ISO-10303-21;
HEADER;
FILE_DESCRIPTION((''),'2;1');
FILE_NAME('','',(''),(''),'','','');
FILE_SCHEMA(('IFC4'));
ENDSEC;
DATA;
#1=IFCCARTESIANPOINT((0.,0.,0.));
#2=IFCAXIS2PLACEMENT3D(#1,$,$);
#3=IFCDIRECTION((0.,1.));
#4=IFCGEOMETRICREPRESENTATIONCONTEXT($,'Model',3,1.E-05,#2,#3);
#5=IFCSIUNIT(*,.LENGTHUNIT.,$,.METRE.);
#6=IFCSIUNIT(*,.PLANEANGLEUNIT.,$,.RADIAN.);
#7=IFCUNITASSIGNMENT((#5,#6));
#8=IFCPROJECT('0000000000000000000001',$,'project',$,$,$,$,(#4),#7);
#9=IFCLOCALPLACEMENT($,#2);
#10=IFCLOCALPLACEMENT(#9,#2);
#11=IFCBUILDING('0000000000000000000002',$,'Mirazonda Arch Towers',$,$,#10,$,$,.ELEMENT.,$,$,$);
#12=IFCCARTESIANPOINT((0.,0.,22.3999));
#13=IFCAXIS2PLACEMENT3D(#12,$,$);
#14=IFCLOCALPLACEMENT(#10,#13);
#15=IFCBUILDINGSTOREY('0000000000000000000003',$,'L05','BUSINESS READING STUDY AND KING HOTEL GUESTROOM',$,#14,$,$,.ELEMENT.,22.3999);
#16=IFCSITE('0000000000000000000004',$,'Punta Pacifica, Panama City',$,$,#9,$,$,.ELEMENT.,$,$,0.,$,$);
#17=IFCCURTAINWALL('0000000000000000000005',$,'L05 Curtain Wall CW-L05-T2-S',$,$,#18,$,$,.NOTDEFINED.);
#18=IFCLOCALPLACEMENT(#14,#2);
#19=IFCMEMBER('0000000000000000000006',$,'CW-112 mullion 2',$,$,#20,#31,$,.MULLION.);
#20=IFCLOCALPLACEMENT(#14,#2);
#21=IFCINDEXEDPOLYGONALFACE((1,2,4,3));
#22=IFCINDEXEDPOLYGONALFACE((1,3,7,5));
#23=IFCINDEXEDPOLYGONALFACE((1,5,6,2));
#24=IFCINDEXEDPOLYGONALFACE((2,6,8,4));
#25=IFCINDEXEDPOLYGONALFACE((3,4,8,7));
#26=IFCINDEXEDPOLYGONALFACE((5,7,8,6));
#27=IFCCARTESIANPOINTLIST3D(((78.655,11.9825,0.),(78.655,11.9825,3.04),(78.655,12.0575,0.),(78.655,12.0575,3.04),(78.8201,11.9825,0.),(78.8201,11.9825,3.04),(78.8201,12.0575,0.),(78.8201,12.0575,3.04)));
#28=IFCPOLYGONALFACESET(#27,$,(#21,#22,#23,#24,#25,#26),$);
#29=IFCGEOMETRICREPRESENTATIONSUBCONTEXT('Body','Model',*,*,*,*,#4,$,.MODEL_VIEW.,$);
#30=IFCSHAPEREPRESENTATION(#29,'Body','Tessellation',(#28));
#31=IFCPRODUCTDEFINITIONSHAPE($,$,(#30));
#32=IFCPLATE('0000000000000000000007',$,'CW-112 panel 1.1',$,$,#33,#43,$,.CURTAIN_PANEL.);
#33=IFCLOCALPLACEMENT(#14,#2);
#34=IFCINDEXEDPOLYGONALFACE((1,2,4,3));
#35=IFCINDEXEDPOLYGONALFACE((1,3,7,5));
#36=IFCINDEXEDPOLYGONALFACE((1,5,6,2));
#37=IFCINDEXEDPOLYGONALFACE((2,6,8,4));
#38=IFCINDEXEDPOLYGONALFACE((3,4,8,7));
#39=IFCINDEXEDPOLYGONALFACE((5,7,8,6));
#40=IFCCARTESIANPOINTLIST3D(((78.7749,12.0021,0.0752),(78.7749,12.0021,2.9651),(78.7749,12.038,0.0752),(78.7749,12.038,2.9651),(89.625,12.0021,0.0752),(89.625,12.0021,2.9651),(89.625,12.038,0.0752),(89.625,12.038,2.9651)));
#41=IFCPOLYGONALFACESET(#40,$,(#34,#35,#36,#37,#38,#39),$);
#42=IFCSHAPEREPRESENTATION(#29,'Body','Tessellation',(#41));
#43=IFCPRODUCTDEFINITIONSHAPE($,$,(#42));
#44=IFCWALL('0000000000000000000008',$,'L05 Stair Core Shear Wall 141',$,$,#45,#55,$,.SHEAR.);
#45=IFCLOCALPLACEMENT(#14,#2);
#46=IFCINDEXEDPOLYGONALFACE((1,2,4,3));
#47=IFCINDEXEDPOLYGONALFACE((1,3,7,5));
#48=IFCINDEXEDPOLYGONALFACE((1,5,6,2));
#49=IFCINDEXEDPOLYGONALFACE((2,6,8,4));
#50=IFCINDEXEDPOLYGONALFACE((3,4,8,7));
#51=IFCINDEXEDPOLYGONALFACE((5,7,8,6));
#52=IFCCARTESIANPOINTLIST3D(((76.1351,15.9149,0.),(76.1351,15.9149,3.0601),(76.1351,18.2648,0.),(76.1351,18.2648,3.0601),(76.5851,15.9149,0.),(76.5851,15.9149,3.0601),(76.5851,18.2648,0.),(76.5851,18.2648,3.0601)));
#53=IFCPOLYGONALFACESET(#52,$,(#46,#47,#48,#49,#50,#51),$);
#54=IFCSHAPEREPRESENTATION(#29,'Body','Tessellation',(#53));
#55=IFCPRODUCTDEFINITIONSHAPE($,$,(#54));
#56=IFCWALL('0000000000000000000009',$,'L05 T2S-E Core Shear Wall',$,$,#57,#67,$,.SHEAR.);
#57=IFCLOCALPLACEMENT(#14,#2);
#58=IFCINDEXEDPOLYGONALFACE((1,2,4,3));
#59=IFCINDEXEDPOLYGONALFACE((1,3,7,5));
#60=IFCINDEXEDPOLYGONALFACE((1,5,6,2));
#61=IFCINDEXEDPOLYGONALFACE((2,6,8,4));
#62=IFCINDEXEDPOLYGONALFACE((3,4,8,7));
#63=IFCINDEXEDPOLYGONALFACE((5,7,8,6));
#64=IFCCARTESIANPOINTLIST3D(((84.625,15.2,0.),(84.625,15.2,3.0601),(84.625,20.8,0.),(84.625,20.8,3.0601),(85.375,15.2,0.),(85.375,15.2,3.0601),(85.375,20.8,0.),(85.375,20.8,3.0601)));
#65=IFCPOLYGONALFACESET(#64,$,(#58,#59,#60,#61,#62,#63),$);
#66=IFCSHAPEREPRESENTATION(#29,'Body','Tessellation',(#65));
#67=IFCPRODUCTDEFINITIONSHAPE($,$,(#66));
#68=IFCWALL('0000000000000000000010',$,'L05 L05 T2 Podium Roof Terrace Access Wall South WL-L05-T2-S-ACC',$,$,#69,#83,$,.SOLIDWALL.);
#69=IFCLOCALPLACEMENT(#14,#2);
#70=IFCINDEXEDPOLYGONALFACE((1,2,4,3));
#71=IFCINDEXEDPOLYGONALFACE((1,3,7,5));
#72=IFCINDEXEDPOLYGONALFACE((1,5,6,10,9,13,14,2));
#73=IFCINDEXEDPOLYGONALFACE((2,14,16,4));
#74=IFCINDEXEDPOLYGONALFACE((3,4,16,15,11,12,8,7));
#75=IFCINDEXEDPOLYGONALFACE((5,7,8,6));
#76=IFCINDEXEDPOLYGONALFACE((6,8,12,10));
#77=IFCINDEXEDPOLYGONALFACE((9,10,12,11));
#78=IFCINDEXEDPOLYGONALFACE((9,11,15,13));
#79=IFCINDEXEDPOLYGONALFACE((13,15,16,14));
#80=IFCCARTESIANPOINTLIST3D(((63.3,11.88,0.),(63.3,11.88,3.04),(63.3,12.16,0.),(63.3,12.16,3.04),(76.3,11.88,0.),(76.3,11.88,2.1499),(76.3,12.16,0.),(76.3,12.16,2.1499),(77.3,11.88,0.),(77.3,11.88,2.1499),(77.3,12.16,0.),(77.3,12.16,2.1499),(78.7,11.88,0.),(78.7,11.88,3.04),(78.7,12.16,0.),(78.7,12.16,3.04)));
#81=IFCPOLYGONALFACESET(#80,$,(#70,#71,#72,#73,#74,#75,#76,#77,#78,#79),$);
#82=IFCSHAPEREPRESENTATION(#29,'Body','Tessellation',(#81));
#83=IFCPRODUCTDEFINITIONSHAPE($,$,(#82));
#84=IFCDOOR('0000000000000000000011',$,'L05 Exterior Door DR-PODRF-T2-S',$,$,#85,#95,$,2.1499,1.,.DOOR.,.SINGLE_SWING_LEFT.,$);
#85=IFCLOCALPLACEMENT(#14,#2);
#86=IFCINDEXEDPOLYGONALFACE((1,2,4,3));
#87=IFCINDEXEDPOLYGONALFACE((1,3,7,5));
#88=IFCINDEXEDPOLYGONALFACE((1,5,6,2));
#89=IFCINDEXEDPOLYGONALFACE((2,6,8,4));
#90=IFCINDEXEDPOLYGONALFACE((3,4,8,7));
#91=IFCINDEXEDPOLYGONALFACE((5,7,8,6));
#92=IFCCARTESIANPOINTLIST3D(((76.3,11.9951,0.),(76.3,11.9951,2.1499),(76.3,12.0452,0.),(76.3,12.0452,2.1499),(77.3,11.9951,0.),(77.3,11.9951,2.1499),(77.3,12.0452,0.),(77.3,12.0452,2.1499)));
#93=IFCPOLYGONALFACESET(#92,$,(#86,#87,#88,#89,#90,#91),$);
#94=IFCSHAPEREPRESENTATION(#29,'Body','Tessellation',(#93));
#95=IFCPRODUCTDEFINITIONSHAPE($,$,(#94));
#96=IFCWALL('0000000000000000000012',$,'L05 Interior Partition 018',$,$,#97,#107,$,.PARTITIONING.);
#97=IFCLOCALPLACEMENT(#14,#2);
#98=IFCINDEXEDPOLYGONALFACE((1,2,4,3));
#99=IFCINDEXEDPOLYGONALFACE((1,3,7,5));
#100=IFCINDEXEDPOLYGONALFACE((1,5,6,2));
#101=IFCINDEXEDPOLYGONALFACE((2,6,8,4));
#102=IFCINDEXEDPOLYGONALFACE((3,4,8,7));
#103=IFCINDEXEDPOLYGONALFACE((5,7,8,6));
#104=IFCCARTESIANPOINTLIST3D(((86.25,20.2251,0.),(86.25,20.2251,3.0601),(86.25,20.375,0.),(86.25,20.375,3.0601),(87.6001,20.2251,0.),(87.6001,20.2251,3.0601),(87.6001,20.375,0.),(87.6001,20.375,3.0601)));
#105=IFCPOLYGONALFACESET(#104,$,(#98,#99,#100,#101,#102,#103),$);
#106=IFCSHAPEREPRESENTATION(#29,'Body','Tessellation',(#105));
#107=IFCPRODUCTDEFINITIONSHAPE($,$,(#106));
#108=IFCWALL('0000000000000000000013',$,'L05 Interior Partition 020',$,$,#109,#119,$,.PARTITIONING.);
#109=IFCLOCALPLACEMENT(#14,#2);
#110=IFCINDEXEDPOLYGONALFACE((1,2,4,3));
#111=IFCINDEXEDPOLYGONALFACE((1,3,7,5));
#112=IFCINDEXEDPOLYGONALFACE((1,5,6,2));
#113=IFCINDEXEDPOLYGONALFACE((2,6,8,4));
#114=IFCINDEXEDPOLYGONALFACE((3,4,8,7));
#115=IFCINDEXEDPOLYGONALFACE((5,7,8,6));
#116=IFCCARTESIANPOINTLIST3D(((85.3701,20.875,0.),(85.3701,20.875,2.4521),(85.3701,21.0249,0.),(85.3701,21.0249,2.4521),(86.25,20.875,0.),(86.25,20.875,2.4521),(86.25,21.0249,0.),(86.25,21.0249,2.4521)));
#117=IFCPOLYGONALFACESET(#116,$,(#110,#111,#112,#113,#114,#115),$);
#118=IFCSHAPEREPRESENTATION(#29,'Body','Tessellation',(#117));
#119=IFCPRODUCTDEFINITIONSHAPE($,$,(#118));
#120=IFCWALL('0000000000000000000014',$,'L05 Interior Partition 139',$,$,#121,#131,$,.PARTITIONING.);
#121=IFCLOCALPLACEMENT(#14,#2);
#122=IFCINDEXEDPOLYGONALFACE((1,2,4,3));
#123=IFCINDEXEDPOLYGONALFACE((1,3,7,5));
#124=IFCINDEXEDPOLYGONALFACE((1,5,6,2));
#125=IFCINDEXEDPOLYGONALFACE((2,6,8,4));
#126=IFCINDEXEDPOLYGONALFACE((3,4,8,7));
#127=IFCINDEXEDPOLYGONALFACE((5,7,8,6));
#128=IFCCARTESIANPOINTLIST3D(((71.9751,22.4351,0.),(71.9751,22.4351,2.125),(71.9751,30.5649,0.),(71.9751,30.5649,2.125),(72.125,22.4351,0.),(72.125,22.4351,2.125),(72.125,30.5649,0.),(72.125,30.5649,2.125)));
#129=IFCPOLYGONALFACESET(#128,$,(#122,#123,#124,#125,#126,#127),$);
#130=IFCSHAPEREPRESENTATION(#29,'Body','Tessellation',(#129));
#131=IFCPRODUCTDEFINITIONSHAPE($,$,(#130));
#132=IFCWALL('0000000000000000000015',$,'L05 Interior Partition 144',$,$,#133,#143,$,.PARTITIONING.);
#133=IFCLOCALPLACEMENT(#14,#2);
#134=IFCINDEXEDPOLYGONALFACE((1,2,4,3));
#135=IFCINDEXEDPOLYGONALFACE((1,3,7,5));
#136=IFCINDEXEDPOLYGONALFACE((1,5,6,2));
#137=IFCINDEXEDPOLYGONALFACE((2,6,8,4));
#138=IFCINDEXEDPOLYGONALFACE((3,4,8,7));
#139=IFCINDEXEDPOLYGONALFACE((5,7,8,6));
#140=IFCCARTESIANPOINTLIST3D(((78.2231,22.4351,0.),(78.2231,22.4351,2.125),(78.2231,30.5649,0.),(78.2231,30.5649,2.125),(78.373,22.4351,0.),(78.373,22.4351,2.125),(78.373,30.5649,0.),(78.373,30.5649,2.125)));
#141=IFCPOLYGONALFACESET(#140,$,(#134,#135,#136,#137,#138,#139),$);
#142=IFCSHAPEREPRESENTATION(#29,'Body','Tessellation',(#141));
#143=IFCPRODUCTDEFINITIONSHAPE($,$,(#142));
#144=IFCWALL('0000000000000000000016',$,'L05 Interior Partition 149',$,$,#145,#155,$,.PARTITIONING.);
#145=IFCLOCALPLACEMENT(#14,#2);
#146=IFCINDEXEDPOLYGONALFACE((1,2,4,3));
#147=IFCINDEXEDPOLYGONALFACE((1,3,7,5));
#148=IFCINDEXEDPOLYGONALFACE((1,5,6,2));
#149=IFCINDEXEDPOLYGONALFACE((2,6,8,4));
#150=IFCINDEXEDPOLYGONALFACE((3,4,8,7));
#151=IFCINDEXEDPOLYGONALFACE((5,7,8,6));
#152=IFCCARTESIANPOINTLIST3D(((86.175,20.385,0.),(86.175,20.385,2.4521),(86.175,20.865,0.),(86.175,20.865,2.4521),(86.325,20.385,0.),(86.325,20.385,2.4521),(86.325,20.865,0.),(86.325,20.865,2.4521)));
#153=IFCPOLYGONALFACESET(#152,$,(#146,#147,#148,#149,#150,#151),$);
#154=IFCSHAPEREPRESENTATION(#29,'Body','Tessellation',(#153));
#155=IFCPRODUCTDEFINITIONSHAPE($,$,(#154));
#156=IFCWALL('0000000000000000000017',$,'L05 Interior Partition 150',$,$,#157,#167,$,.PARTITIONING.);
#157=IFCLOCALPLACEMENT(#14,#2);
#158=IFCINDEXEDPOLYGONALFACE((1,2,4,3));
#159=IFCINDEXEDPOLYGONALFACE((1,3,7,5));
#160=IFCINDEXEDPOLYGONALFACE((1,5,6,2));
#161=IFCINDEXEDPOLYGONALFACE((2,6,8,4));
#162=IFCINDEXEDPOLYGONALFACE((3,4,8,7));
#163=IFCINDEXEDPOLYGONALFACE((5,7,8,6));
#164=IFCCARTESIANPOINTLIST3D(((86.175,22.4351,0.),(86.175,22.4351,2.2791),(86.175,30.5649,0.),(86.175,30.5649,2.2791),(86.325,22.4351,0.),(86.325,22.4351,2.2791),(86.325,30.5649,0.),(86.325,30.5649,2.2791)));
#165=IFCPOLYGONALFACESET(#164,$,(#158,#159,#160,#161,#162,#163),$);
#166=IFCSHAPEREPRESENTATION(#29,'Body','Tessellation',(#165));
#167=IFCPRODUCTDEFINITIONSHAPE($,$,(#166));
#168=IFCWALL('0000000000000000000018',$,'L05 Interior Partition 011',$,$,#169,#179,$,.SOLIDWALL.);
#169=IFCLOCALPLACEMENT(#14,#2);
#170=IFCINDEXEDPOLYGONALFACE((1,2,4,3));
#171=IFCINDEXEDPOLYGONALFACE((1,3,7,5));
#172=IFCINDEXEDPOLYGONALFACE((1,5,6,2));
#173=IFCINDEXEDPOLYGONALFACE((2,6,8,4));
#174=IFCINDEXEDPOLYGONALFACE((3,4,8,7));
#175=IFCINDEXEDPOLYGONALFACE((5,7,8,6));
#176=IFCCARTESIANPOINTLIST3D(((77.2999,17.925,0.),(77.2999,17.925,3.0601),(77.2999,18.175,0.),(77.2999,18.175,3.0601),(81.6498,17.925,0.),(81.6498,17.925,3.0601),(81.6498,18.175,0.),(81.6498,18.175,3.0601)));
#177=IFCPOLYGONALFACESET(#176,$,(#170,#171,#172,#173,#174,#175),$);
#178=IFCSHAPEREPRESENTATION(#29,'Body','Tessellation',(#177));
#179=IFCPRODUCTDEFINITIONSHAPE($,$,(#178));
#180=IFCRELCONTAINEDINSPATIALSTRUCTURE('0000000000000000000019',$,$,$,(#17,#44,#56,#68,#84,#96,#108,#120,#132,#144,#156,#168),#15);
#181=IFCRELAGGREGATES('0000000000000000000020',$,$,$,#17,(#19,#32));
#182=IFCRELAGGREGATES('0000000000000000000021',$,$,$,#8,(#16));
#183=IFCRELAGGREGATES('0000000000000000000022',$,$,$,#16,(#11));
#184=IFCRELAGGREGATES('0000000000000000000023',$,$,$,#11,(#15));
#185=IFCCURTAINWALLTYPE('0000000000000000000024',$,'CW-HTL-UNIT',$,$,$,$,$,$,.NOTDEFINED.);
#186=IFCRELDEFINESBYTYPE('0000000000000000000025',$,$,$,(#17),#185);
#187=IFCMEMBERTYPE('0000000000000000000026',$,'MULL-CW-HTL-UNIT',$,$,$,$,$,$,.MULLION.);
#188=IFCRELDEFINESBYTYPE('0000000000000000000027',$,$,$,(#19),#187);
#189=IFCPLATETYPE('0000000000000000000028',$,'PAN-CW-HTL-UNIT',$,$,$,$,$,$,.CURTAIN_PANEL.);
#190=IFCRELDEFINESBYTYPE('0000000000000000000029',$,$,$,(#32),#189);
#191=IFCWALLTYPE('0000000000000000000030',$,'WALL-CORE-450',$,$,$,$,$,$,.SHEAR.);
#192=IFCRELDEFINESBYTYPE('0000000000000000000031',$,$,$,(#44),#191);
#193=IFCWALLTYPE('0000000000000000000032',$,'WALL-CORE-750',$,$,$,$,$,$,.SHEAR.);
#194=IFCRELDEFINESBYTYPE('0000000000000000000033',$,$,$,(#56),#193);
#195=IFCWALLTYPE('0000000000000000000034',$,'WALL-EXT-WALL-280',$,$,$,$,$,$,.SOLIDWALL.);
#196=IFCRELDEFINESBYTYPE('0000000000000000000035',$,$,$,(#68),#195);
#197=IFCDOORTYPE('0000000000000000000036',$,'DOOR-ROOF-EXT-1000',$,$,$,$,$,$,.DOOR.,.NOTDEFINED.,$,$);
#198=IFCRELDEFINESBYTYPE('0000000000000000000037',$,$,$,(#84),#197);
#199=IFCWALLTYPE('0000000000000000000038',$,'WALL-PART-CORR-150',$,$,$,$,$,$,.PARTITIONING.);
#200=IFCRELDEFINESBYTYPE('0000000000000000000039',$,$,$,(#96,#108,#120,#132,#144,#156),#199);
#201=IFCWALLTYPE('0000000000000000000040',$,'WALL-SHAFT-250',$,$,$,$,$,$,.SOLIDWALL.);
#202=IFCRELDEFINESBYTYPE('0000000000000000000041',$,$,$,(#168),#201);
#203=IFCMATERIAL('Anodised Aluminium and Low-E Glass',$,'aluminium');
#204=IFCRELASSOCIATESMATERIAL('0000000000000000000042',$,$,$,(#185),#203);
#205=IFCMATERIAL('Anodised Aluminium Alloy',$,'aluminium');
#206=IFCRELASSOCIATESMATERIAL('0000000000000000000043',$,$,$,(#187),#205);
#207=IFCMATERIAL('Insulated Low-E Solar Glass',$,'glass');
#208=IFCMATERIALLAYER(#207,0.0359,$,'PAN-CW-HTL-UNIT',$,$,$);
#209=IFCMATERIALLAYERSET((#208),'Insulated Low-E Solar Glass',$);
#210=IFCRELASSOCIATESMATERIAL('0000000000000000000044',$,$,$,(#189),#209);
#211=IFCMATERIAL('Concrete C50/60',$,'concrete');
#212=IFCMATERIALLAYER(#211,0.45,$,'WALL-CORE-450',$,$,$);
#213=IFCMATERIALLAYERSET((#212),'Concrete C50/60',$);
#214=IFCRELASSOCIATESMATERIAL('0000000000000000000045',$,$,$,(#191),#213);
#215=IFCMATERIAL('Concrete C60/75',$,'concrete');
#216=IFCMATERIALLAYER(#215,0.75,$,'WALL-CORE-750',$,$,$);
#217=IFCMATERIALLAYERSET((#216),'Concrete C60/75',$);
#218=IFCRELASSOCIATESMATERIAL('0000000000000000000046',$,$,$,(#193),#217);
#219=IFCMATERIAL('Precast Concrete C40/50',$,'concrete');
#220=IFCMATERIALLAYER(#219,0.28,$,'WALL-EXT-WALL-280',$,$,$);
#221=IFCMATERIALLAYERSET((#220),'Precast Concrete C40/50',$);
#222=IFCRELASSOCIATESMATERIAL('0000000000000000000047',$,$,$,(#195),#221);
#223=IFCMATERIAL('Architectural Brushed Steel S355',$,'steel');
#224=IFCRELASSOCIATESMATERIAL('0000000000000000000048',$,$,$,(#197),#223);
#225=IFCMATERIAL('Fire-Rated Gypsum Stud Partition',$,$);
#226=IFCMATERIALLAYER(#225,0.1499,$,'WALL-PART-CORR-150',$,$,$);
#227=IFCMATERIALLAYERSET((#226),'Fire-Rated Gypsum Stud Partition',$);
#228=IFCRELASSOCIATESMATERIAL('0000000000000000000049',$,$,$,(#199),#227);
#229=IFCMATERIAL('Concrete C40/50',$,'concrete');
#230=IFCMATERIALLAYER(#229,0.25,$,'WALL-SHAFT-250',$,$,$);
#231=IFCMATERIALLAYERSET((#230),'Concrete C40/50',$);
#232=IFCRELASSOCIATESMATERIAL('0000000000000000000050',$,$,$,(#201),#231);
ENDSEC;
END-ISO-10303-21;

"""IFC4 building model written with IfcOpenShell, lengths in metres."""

from ifc_helpers import new_model, si_unit, direction, frame, frame_2d, origin, origin_2d, place, context, subcontext, project, spatial, rectangle, extrude, material, layer, layer_set, material_profile, profile_set, type_object, element, fill, aggregate, save


model = new_model("IFC4")

# Units and contexts
model_context = context("Model", 3, precision=1e-05, world=origin(), true_north=direction((0.0, 1.0)))
body_context = subcontext(model_context, "Body", "Model", "MODEL_VIEW")
ifc_project = project(units=[si_unit("LENGTHUNIT", "METRE"), si_unit("PLANEANGLEUNIT", "RADIAN")], contexts=[model_context])

# Site, building, storey
site_placement = place(None, origin())
site = spatial("IfcSite", under=ifc_project, at=site_placement, Name="Punta Pacifica, Panama City", CompositionType="ELEMENT", RefElevation=0.0)
building_placement = place(site_placement, origin())
building = spatial("IfcBuilding", under=site, at=building_placement, Name="Mirazonda Arch Towers", CompositionType="ELEMENT")
storey_placement = place(building_placement, frame((0.0, 0.0, 22.3999)))
storey = spatial("IfcBuildingStorey", under=building, at=storey_placement, Name="L05", Description="BUSINESS READING STUDY AND KING HOTEL GUESTROOM", CompositionType="ELEMENT", Elevation=22.3999)

# Shared definitions
ifc_material_1 = material(Name="Concrete C60/75", Category="concrete")

# Curtain wall, member, plate
ifc_material_2 = material(Name="Anodised Aluminium and Low-E Glass", Category="aluminium")
curtain_wall_type = type_object("IfcCurtainWallType", Name="CW-HTL-UNIT", PredefinedType="NOTDEFINED", material=ifc_material_2)
curtain_wall_placement = place(storey_placement, origin())
curtain_wall = element("IfcCurtainWall", 1, at=curtain_wall_placement, inside=storey, type_object=curtain_wall_type, Name="L05 Curtain Wall CW-L05-T2-S", PredefinedType="NOTDEFINED")
ifc_material_3 = material(Name="Anodised Aluminium Alloy", Category="aluminium")
ifc_material_profile_1 = material_profile(ifc_material_3, rectangle(XDim=0.075, YDim=0.165, at=origin_2d()), Name="ALU-MULL-75x165")
ifc_profile_set_1 = profile_set([ifc_material_profile_1], Name="Anodised Aluminium Alloy")
member_type = type_object("IfcMemberType", Name="MULL-CW-HTL-UNIT", PredefinedType="MULLION", material=ifc_profile_set_1)
member_placement = place(storey_placement, frame((78.7375, 12.02, 0.0), z_axis=(0.0, 0.0, 1.0), x_axis=(0.0, -1.0, 0.0)))
member = element("IfcMember", 2, at=member_placement, type_object=member_type, Name="CW-112 mullion 2", PredefinedType="MULLION", context=body_context, shape_type="SweptSolid", body=[
    extrude(rectangle(XDim=0.075, YDim=0.165, at=origin_2d()), origin(), (0.0, 0.0, 1.0), 3.04),
])
ifc_material_4 = material(Name="Insulated Low-E Solar Glass", Category="glass")
ifc_layer_1 = layer(ifc_material_4, 0.0359, Name="PAN-CW-HTL-UNIT")
ifc_layer_set_1 = layer_set([ifc_layer_1], Name="Insulated Low-E Solar Glass")
plate_type = type_object("IfcPlateType", Name="PAN-CW-HTL-UNIT", PredefinedType="CURTAIN_PANEL", material=ifc_layer_set_1)
plate_placement = place(storey_placement, frame((84.2, 12.02, 0.0752), z_axis=(0.0, 0.0, 1.0), x_axis=(-1.0, 0.0, 0.0)))
plate = element("IfcPlate", 3, at=plate_placement, type_object=plate_type, Name="CW-112 panel 1.1", PredefinedType="CURTAIN_PANEL", context=body_context, shape_type="SweptSolid", body=[
    extrude(rectangle(XDim=10.8501, YDim=0.0359, at=origin_2d()), origin(), (0.0, 0.0, 1.0), 2.8899),
])
aggregate(curtain_wall, [member, plate])

# Walls
ifc_material_5 = material(Name="Concrete C50/60", Category="concrete")
ifc_layer_2 = layer(ifc_material_5, 0.45, Name="WALL-CORE-450")
ifc_layer_set_2 = layer_set([ifc_layer_2], Name="Concrete C50/60")
wall_type_1 = type_object("IfcWallType", Name="WALL-CORE-450", PredefinedType="SHEAR", material=ifc_layer_set_2)
wall_1_placement = place(storey_placement, frame((76.3601, 15.915, 0.0), z_axis=(0.0, 0.0, 1.0), x_axis=(0.0, 1.0, 0.0)))
element("IfcWall", 4, at=wall_1_placement, inside=storey, type_object=wall_type_1, Name="L05 Stair Core Shear Wall 141", PredefinedType="SHEAR", context=body_context, shape_type="SweptSolid", body=[
    extrude(rectangle(XDim=2.3499, YDim=0.45, at=frame_2d((1.1748, 0.0))), origin(), (0.0, 0.0, 1.0), 3.0601),
])
ifc_layer_3 = layer(ifc_material_1, 0.75, Name="WALL-CORE-750")
ifc_layer_set_3 = layer_set([ifc_layer_3], Name="Concrete C60/75")
wall_type_2 = type_object("IfcWallType", Name="WALL-CORE-750", PredefinedType="SHEAR", material=ifc_layer_set_3)
wall_2_placement = place(storey_placement, frame((85.0, 15.2, 0.0), z_axis=(0.0, 0.0, 1.0), x_axis=(0.0, 1.0, 0.0)))
element("IfcWall", 5, at=wall_2_placement, inside=storey, type_object=wall_type_2, Name="L05 T2S-E Core Shear Wall", PredefinedType="SHEAR", context=body_context, shape_type="SweptSolid", body=[
    extrude(rectangle(XDim=5.6001, YDim=0.75, at=frame_2d((2.8, 0.0))), origin(), (0.0, 0.0, 1.0), 3.0601),
])

# Wall, opening, door
ifc_material_6 = material(Name="Precast Concrete C40/50", Category="concrete")
ifc_layer_4 = layer(ifc_material_6, 0.28, Name="WALL-EXT-WALL-280")
ifc_layer_set_4 = layer_set([ifc_layer_4], Name="Precast Concrete C40/50")
wall_type_3 = type_object("IfcWallType", Name="WALL-EXT-WALL-280", PredefinedType="SOLIDWALL", material=ifc_layer_set_4)
wall_3_placement = place(storey_placement, frame((78.7, 12.02, 0.0), z_axis=(0.0, 0.0, 1.0), x_axis=(-1.0, 0.0, 0.0)))
wall_3 = element("IfcWall", 6, at=wall_3_placement, inside=storey, type_object=wall_type_3, Name="L05 L05 T2 Podium Roof Terrace Access Wall South WL-L05-T2-S-ACC", PredefinedType="SOLIDWALL", context=body_context, shape_type="SweptSolid", body=[
    extrude(rectangle(XDim=15.3999, YDim=0.28, at=frame_2d((7.7, 0.0))), origin(), (0.0, 0.0, 1.0), 3.04),
])
opening_placement = place(wall_3_placement, frame((1.3999, 0.0, 0.0)))
opening = element("IfcOpeningElement", 7, at=opening_placement, cuts=wall_3, PredefinedType="OPENING", context=body_context, shape_type="SweptSolid", body=[
    extrude(rectangle(XDim=1.0, YDim=2.1499, at=frame_2d((0.5, 1.075))), frame((0.0, 0.1499, 0.0), z_axis=(0.0, -1.0, 0.0), x_axis=(1.0, 0.0, 0.0)), (0.0, 0.0, 1.0), 0.3),
])
ifc_material_7 = material(Name="Architectural Brushed Steel S355", Category="steel")
door_type = type_object("IfcDoorType", Name="DOOR-ROOF-EXT-1000", OperationType="NOTDEFINED", PredefinedType="DOOR", material=ifc_material_7)
door_placement = place(opening_placement, origin())
door = element("IfcDoor", 8, at=door_placement, inside=storey, type_object=door_type, Name="L05 Exterior Door DR-PODRF-T2-S", OperationType="SINGLE_SWING_LEFT", OverallHeight=2.1499, OverallWidth=1.0, PredefinedType="DOOR", context=body_context, shape_type="SweptSolid", body=[
    extrude(rectangle(XDim=1.0, YDim=2.1499, at=frame_2d((0.5, 1.075))), frame((0.0, 0.0249, 0.0), z_axis=(0.0, -1.0, 0.0), x_axis=(1.0, 0.0, 0.0)), (0.0, 0.0, 1.0), 0.05),
])
fill(opening, door)

# Walls
ifc_material_8 = material(Name="Fire-Rated Gypsum Stud Partition")
ifc_layer_5 = layer(ifc_material_8, 0.1499, Name="WALL-PART-CORR-150")
ifc_layer_set_5 = layer_set([ifc_layer_5], Name="Fire-Rated Gypsum Stud Partition")
wall_type_4 = type_object("IfcWallType", Name="WALL-PART-CORR-150", PredefinedType="PARTITIONING", material=ifc_layer_set_5)
wall_4_placement = place(storey_placement, frame((86.25, 20.3, 0.0), z_axis=(0.0, 0.0, 1.0), x_axis=(1.0, 0.0, 0.0)))
element("IfcWall", 9, at=wall_4_placement, inside=storey, type_object=wall_type_4, Name="L05 Interior Partition 018", PredefinedType="PARTITIONING", context=body_context, shape_type="SweptSolid", body=[
    extrude(rectangle(XDim=1.3501, YDim=0.1499, at=frame_2d((0.675, 0.0))), origin(), (0.0, 0.0, 1.0), 3.0601),
])
wall_5_placement = place(storey_placement, frame((85.3701, 20.95, 0.0), z_axis=(0.0, 0.0, 1.0), x_axis=(1.0, 0.0, 0.0)))
element("IfcWall", 10, at=wall_5_placement, inside=storey, type_object=wall_type_4, Name="L05 Interior Partition 020", PredefinedType="PARTITIONING", context=body_context, shape_type="SweptSolid", body=[
    extrude(rectangle(XDim=0.8799, YDim=0.1499, at=frame_2d((0.4399, 0.0))), origin(), (0.0, 0.0, 1.0), 2.4521),
])
for number, where, z_axis, x_axis, name in (
    (11, (72.05, 22.4351, 0.0), (0.0, 0.0, 1.0), (0.0, 1.0, 0.0), "L05 Interior Partition 139"),
    (12, (78.2981, 22.4351, 0.0), (0.0, 0.0, 1.0), (0.0, 1.0, 0.0), "L05 Interior Partition 144"),
):
    element("IfcWall", number, at=place(storey_placement, frame(where, z_axis=z_axis, x_axis=x_axis)), inside=storey, type_object=wall_type_4, Name=name, PredefinedType="PARTITIONING", context=body_context, shape_type="SweptSolid", body=[
        extrude(rectangle(XDim=8.1299, YDim=0.1499, at=frame_2d((4.0649, 0.0))), origin(), (0.0, 0.0, 1.0), 2.125),
    ])
wall_6_placement = place(storey_placement, frame((86.25, 20.385, 0.0), z_axis=(0.0, 0.0, 1.0), x_axis=(0.0, 1.0, 0.0)))
element("IfcWall", 13, at=wall_6_placement, inside=storey, type_object=wall_type_4, Name="L05 Interior Partition 149", PredefinedType="PARTITIONING", context=body_context, shape_type="SweptSolid", body=[
    extrude(rectangle(XDim=0.48, YDim=0.1499, at=frame_2d((0.24, 0.0))), origin(), (0.0, 0.0, 1.0), 2.4521),
])
wall_7_placement = place(storey_placement, frame((86.25, 22.4351, 0.0), z_axis=(0.0, 0.0, 1.0), x_axis=(0.0, 1.0, 0.0)))
element("IfcWall", 14, at=wall_7_placement, inside=storey, type_object=wall_type_4, Name="L05 Interior Partition 150", PredefinedType="PARTITIONING", context=body_context, shape_type="SweptSolid", body=[
    extrude(rectangle(XDim=8.1299, YDim=0.1499, at=frame_2d((4.0649, 0.0))), origin(), (0.0, 0.0, 1.0), 2.2791),
])
ifc_material_9 = material(Name="Concrete C40/50", Category="concrete")
ifc_layer_6 = layer(ifc_material_9, 0.25, Name="WALL-SHAFT-250")
ifc_layer_set_6 = layer_set([ifc_layer_6], Name="Concrete C40/50")
wall_type_5 = type_object("IfcWallType", Name="WALL-SHAFT-250", PredefinedType="SOLIDWALL", material=ifc_layer_set_6)
wall_8_placement = place(storey_placement, frame((77.3, 18.05, 0.0), z_axis=(0.0, 0.0, 1.0), x_axis=(1.0, 0.0, 0.0)))
element("IfcWall", 15, at=wall_8_placement, inside=storey, type_object=wall_type_5, Name="L05 Interior Partition 011", PredefinedType="SOLIDWALL", context=body_context, shape_type="SweptSolid", body=[
    extrude(rectangle(XDim=4.3499, YDim=0.25, at=frame_2d((2.1748, 0.0))), origin(), (0.0, 0.0, 1.0), 3.0601),
])

save(model, "model.ifc")
